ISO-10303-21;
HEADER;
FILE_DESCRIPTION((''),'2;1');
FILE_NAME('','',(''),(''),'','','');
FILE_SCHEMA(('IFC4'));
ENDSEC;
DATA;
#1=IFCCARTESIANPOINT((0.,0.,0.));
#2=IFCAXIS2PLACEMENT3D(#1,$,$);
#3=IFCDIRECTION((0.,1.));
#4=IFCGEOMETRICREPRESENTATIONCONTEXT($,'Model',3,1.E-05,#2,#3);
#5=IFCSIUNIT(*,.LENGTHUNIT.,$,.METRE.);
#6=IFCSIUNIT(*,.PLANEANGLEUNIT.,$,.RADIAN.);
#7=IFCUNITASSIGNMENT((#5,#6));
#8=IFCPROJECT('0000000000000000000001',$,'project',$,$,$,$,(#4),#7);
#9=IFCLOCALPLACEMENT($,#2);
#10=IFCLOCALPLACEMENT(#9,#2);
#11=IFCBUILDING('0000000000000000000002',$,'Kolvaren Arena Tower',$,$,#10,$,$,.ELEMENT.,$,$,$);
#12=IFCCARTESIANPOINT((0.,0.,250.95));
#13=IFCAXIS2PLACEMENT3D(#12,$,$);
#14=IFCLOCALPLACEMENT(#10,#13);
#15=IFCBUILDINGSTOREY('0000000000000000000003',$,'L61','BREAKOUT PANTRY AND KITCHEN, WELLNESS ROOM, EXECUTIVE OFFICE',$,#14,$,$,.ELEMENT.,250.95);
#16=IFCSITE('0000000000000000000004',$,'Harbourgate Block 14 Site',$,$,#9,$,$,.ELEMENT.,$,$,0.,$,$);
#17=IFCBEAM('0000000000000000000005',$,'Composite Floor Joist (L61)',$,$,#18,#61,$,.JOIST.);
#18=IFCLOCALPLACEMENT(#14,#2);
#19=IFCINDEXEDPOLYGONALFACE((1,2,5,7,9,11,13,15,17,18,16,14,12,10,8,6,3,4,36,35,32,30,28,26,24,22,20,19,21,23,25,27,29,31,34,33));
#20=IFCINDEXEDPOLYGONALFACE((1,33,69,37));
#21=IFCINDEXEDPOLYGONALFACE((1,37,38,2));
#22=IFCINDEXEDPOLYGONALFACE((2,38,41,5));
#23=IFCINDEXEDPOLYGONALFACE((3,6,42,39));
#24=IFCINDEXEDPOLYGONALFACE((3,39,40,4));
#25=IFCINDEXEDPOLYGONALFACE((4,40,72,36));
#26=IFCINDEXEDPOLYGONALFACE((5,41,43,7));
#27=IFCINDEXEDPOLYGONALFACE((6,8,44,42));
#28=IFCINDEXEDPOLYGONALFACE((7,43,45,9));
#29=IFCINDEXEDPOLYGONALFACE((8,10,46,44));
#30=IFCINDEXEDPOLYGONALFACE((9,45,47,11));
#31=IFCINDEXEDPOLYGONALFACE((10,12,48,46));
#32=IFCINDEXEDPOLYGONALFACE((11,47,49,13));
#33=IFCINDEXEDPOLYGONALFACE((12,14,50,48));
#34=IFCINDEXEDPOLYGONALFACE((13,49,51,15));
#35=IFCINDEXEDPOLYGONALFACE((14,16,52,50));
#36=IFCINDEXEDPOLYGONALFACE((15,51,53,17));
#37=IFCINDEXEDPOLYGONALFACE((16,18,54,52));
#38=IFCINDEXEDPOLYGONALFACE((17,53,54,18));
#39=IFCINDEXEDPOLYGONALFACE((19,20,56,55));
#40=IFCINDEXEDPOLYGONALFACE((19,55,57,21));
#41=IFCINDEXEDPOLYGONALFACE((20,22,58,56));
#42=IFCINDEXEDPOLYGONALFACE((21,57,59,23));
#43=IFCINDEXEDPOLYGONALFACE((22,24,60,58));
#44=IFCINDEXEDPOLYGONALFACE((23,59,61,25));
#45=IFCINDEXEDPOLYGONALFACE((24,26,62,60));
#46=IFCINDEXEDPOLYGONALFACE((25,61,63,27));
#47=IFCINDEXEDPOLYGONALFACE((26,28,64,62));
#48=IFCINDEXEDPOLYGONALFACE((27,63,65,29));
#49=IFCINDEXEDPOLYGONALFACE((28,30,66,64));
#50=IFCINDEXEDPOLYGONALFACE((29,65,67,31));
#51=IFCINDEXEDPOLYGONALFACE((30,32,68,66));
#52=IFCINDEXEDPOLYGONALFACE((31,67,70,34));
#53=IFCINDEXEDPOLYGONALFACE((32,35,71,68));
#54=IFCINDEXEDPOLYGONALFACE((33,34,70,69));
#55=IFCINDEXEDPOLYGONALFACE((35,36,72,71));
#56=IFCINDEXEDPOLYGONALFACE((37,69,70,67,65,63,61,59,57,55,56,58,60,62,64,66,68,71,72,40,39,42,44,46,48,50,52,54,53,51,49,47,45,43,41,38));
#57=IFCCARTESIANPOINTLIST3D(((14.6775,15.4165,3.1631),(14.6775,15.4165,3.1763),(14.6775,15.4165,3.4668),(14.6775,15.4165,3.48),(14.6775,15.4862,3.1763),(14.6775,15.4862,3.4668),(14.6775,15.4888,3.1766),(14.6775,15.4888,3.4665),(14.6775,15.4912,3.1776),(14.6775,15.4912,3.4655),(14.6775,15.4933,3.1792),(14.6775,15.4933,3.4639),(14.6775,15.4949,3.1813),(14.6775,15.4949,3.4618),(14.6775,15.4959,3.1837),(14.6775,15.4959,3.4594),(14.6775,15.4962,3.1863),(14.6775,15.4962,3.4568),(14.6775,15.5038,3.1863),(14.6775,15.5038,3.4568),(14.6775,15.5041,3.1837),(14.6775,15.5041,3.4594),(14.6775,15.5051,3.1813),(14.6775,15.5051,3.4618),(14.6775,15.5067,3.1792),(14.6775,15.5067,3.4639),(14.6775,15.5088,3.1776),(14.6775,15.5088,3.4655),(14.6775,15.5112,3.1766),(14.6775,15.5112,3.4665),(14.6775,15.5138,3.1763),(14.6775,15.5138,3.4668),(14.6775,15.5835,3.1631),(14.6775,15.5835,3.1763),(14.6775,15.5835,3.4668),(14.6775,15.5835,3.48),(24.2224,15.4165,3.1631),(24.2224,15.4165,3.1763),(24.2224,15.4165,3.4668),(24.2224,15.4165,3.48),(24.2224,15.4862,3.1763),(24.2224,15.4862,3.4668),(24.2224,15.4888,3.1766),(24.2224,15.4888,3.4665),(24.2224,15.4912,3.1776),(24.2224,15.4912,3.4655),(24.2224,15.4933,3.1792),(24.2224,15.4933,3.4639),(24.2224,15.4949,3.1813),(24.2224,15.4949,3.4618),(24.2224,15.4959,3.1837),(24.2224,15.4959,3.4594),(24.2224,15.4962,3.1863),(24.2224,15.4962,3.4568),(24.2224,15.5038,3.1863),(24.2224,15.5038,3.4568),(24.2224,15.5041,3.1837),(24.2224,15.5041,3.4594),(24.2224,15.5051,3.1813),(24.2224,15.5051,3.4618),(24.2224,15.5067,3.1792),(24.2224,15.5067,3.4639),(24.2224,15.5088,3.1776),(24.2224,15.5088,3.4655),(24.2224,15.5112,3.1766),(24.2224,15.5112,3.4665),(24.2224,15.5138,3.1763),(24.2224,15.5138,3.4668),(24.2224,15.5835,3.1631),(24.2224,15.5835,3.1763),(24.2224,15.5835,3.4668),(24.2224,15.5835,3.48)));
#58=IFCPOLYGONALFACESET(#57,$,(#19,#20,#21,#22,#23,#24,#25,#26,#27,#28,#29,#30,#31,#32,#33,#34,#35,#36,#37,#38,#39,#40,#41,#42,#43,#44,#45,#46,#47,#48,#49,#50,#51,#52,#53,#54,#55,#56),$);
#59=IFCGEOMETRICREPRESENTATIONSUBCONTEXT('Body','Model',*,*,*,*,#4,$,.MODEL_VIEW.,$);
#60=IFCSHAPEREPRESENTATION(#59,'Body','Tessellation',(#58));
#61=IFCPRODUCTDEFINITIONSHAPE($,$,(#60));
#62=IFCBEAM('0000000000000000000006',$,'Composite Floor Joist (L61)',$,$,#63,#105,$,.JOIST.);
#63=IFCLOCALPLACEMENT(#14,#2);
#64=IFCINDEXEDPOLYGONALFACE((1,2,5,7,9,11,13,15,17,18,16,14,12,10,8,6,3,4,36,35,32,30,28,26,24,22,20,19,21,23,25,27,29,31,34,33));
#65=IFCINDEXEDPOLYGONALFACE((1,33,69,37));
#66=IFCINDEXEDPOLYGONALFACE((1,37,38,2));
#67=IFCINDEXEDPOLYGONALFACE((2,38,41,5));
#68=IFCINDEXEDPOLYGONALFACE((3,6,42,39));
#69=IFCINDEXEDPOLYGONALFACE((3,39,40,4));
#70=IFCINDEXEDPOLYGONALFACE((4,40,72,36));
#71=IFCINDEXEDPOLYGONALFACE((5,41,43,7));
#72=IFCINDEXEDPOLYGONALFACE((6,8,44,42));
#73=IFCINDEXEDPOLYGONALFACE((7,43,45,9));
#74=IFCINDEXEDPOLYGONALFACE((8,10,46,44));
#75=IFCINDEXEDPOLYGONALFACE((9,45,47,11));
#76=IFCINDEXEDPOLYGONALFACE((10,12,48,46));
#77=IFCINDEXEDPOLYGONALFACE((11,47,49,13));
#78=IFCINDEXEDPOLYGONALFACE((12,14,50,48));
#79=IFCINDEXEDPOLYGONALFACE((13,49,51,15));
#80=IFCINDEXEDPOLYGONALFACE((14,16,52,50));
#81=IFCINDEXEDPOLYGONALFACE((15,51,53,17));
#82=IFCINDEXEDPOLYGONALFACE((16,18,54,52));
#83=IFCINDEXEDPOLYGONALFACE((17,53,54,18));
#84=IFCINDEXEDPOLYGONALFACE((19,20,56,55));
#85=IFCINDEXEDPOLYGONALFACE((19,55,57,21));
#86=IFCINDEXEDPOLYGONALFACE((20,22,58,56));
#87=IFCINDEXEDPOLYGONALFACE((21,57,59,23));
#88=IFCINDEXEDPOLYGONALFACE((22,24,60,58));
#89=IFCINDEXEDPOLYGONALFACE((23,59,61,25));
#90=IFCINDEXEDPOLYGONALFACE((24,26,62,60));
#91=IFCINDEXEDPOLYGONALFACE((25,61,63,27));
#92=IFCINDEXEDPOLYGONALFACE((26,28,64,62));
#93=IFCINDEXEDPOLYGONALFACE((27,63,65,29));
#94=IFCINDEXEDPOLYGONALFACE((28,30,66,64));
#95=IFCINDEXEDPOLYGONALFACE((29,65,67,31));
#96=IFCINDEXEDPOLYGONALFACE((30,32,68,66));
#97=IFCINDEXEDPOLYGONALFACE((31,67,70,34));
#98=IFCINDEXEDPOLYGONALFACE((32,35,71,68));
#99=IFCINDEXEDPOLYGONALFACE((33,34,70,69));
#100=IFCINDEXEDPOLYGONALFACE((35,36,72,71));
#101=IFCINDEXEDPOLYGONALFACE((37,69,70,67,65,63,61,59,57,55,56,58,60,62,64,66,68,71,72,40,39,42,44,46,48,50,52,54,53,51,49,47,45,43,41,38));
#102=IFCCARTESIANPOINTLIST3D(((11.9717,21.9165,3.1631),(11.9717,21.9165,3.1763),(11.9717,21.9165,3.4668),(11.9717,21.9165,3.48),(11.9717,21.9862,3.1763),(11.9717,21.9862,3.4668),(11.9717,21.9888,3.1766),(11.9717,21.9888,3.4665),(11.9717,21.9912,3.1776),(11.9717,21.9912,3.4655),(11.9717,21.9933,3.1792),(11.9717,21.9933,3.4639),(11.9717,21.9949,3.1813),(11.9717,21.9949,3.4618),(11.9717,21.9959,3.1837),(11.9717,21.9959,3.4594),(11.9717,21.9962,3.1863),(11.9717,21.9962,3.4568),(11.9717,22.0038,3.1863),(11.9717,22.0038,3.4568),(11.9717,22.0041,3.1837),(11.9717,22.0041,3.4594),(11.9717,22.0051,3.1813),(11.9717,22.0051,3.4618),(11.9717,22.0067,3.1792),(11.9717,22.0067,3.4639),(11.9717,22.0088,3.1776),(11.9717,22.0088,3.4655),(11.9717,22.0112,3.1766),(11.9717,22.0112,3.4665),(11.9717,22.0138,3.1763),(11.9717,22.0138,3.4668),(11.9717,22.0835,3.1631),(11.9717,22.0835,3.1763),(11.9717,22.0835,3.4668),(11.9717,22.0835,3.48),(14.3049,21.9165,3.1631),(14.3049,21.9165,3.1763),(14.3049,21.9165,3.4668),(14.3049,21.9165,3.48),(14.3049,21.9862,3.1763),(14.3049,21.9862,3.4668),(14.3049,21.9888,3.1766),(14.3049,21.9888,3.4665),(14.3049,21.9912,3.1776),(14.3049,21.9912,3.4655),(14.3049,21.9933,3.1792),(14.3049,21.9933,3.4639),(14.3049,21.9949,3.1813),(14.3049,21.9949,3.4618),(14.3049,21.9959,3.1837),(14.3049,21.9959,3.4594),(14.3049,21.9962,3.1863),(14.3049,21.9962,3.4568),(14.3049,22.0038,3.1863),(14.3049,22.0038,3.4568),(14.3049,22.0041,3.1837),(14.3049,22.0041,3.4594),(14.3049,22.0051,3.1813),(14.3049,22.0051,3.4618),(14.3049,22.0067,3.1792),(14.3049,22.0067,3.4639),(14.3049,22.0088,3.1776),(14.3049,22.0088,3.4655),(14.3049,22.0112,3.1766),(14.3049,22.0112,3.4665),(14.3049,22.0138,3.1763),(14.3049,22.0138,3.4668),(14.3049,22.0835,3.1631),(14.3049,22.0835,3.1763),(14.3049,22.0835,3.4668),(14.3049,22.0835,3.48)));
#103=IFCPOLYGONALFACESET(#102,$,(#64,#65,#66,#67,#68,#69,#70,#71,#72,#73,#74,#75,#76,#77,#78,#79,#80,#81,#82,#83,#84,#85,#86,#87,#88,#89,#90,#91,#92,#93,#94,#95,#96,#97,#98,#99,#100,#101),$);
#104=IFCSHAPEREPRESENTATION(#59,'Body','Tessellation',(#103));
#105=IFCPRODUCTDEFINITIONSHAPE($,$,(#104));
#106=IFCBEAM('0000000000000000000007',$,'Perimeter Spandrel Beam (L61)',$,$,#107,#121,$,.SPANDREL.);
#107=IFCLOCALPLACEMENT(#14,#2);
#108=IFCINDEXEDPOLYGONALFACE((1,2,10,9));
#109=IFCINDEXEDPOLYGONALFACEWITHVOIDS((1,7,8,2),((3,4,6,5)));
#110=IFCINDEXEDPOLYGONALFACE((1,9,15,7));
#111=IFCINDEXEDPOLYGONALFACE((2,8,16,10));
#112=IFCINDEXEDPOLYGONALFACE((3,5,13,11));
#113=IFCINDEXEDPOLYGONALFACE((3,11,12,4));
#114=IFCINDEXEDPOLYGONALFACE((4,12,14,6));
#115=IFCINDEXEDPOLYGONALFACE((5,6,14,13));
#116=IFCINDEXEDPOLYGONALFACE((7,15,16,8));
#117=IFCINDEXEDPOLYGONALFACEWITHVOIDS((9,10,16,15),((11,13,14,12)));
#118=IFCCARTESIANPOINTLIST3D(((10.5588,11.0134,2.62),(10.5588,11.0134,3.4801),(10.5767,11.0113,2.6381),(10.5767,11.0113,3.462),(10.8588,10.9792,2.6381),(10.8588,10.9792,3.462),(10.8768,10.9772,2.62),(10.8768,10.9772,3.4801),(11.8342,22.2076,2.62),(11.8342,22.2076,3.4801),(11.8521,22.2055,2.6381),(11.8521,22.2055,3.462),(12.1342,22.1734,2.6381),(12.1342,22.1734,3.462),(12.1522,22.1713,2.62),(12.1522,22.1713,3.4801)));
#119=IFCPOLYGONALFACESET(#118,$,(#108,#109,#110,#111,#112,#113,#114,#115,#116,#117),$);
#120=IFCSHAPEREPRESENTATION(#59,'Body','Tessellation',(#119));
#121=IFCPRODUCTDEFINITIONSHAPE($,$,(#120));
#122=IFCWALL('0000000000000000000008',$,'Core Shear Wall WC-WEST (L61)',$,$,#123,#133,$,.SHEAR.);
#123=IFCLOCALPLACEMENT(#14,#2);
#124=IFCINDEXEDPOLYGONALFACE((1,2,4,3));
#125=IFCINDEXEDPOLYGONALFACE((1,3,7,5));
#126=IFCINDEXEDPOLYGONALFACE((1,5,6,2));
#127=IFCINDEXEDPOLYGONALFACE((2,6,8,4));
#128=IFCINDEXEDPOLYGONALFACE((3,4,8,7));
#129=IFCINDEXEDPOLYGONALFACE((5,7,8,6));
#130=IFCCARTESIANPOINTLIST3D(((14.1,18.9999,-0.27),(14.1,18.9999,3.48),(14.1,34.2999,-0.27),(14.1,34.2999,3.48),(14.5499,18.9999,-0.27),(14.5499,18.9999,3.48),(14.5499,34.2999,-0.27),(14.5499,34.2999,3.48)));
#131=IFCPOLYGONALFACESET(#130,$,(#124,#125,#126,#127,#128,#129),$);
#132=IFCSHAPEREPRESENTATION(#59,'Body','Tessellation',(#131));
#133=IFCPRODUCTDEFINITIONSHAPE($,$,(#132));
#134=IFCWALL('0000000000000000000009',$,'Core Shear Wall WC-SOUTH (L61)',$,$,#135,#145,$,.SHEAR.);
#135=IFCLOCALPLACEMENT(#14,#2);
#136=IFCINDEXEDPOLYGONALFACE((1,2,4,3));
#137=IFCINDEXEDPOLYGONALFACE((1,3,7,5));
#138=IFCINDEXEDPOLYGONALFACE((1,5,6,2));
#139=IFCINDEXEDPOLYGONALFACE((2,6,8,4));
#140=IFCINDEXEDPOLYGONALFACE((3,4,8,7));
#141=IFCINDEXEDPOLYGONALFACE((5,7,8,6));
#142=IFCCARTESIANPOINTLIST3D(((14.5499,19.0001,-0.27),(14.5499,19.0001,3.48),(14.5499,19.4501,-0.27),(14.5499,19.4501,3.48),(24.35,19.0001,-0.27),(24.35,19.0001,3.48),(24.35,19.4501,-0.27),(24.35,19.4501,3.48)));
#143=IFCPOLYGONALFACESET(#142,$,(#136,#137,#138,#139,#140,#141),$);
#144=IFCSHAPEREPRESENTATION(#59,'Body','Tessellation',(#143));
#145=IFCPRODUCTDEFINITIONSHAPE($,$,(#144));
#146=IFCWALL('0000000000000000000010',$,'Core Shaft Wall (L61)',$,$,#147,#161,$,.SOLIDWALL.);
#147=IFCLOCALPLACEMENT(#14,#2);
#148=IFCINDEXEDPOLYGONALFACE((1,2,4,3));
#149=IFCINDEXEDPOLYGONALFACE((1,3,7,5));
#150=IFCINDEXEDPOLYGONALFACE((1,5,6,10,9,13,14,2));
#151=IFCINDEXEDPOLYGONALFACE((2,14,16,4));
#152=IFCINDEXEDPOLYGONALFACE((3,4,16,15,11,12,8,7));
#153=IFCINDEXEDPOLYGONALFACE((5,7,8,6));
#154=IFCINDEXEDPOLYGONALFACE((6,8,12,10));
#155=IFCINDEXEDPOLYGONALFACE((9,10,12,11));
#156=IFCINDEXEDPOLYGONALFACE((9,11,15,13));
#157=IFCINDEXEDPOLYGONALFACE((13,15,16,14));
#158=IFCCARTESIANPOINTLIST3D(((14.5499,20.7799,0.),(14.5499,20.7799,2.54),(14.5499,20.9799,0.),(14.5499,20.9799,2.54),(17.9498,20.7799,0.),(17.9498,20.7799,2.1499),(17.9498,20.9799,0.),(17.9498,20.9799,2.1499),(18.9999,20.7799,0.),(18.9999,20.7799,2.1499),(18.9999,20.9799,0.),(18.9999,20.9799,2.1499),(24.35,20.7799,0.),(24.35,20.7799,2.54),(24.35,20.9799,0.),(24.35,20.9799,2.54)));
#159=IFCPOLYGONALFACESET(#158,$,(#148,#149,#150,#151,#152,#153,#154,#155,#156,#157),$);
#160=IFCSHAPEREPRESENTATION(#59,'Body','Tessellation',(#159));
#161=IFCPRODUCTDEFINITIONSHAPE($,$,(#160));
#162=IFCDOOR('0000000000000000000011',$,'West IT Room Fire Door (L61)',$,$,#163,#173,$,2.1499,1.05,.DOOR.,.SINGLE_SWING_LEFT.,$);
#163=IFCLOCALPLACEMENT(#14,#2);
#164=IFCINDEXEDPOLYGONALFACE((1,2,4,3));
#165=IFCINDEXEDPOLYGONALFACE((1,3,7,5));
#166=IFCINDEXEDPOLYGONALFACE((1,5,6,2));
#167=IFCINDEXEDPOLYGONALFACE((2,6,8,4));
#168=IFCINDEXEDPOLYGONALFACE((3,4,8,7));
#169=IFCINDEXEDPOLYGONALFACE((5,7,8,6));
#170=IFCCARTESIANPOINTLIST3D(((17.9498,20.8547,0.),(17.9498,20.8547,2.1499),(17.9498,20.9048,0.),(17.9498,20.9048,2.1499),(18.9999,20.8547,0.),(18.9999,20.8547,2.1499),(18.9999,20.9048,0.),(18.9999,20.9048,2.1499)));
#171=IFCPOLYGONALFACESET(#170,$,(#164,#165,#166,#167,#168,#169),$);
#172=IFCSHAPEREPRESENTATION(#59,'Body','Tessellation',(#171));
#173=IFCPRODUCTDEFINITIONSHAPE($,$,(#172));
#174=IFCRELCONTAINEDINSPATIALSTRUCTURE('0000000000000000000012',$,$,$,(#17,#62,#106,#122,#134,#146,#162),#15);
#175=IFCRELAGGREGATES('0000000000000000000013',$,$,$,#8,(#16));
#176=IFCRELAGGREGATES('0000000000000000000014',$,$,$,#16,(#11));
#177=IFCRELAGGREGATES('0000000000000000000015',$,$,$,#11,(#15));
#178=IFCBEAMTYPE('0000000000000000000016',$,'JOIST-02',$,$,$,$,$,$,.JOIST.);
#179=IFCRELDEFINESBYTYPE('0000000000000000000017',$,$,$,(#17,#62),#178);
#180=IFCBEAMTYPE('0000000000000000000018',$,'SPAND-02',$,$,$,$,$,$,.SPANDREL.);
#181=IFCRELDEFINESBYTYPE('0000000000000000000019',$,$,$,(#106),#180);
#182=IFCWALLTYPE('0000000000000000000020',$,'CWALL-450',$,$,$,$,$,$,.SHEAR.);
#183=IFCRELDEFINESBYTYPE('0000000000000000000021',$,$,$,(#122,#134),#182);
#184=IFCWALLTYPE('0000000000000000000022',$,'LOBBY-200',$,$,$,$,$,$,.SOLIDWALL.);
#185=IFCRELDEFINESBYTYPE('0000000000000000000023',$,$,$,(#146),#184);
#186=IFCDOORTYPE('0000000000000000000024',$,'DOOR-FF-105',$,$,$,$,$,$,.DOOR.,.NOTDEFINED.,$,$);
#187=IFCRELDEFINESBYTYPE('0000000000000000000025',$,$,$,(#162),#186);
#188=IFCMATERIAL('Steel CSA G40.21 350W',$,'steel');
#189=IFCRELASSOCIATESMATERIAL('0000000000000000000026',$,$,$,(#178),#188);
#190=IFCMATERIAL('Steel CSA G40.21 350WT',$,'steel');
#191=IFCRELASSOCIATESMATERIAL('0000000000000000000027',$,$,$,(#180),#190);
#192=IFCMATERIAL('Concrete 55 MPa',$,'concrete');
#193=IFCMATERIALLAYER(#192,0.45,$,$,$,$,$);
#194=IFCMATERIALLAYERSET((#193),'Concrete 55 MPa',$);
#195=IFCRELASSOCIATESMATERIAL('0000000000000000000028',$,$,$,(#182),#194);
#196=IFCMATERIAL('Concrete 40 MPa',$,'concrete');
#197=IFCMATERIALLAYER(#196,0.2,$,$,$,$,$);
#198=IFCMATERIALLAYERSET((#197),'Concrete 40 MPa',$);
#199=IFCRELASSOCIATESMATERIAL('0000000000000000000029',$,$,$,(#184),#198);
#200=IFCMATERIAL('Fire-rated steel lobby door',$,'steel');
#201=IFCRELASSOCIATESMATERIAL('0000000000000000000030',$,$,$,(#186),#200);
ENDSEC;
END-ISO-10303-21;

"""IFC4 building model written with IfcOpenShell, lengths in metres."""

from ifc_helpers import new_model, si_unit, direction, frame, frame_2d, origin, origin_2d, place, context, subcontext, project, spatial, rectangle, hollow_rectangle, i_section, extrude, material, layer, layer_set, material_profile, profile_set, type_object, element, fill, save


model = new_model("IFC4")

# Units and contexts
model_context = context("Model", 3, precision=1e-05, world=origin(), true_north=direction((0.0, 1.0)))
body_context = subcontext(model_context, "Body", "Model", "MODEL_VIEW")
ifc_project = project(units=[si_unit("LENGTHUNIT", "METRE"), si_unit("PLANEANGLEUNIT", "RADIAN")], contexts=[model_context])

# Site, building, storey
site_placement = place(None, origin())
site = spatial("IfcSite", under=ifc_project, at=site_placement, Name="Harbourgate Block 14 Site", CompositionType="ELEMENT", RefElevation=0.0)
building_placement = place(site_placement, origin())
building = spatial("IfcBuilding", under=site, at=building_placement, Name="Kolvaren Arena Tower", CompositionType="ELEMENT")
storey_placement = place(building_placement, frame((0.0, 0.0, 250.95)))
storey = spatial("IfcBuildingStorey", under=building, at=storey_placement, Name="L61", Description="BREAKOUT PANTRY AND KITCHEN, WELLNESS ROOM, EXECUTIVE OFFICE", CompositionType="ELEMENT", Elevation=250.95)

# Beams
ifc_material_1 = material(Name="Steel CSA G40.21 350W", Category="steel")
ifc_material_profile_1 = material_profile(ifc_material_1, i_section(OverallWidth=0.167, OverallDepth=0.3169, WebThickness=0.0076, FlangeThickness=0.0132, FilletRadius=0.01, at=origin_2d()), Name="W310x52")
ifc_profile_set_1 = profile_set([ifc_material_profile_1], Name="Steel CSA G40.21 350W")
beam_type_1 = type_object("IfcBeamType", Name="JOIST-02", PredefinedType="JOIST", material=ifc_profile_set_1)
beam_1_placement = place(storey_placement, frame((14.6775, 15.5, 3.3215), z_axis=(1.0, 0.0, 0.0), x_axis=(0.0, 1.0, 0.0)))
element("IfcBeam", 1, at=beam_1_placement, inside=storey, type_object=beam_type_1, Name="Composite Floor Joist (L61)", PredefinedType="JOIST", context=body_context, shape_type="SweptSolid", body=[
    extrude(i_section(OverallWidth=0.167, OverallDepth=0.3169, WebThickness=0.0076, FlangeThickness=0.0132, FilletRadius=0.01, at=origin_2d()), origin(), (0.0, 0.0, 1.0), 9.5449),
])
beam_2_placement = place(storey_placement, frame((11.9717, 22.0, 3.3215), z_axis=(1.0, 0.0, 0.0), x_axis=(0.0, 1.0, 0.0)))
element("IfcBeam", 2, at=beam_2_placement, inside=storey, type_object=beam_type_1, Name="Composite Floor Joist (L61)", PredefinedType="JOIST", context=body_context, shape_type="SweptSolid", body=[
    extrude(i_section(OverallWidth=0.167, OverallDepth=0.3169, WebThickness=0.0076, FlangeThickness=0.0132, FilletRadius=0.01, at=origin_2d()), origin(), (0.0, 0.0, 1.0), 2.3333),
])
ifc_material_2 = material(Name="Steel CSA G40.21 350WT", Category="steel")
ifc_material_profile_2 = material_profile(ifc_material_2, hollow_rectangle(XDim=0.3201, YDim=0.8601, WallThickness=0.0181, at=origin_2d()), Name="HSS 860x320x18")
ifc_profile_set_2 = profile_set([ifc_material_profile_2], Name="Steel CSA G40.21 350WT")
beam_type_2 = type_object("IfcBeamType", Name="SPAND-02", PredefinedType="SPANDREL", material=ifc_profile_set_2)
beam_3_placement = place(storey_placement, frame((11.9932, 22.1895, 3.05), z_axis=(-0.113202, -0.993572, 0.0), x_axis=(0.993572, -0.113202, 0.0)))
element("IfcBeam", 3, at=beam_3_placement, inside=storey, type_object=beam_type_2, Name="Perimeter Spandrel Beam (L61)", PredefinedType="SPANDREL", context=body_context, shape_type="SweptSolid", body=[
    extrude(hollow_rectangle(XDim=0.3201, YDim=0.8601, WallThickness=0.0181, at=origin_2d()), origin(), (0.0, 0.0, 1.0), 11.2666),
])

# Walls
ifc_material_3 = material(Name="Concrete 55 MPa", Category="concrete")
ifc_layer_1 = layer(ifc_material_3, 0.45)
ifc_layer_set_1 = layer_set([ifc_layer_1], Name="Concrete 55 MPa")
wall_type_1 = type_object("IfcWallType", Name="CWALL-450", PredefinedType="SHEAR", material=ifc_layer_set_1)
wall_1_placement = place(storey_placement, frame((14.325, 19.0, -0.27), z_axis=(0.0, 0.0, 1.0), x_axis=(0.0, 1.0, 0.0)))
element("IfcWall", 4, at=wall_1_placement, inside=storey, type_object=wall_type_1, Name="Core Shear Wall WC-WEST (L61)", PredefinedType="SHEAR", context=body_context, shape_type="SweptSolid", body=[
    extrude(rectangle(XDim=15.3, YDim=0.45, at=frame_2d((7.6499, 0.0))), origin(), (0.0, 0.0, 1.0), 3.75),
])
wall_2_placement = place(storey_placement, frame((14.55, 19.2251, -0.27), z_axis=(0.0, 0.0, 1.0), x_axis=(1.0, 0.0, 0.0)))
element("IfcWall", 5, at=wall_2_placement, inside=storey, type_object=wall_type_1, Name="Core Shear Wall WC-SOUTH (L61)", PredefinedType="SHEAR", context=body_context, shape_type="SweptSolid", body=[
    extrude(rectangle(XDim=9.8, YDim=0.45, at=frame_2d((4.8999, 0.0))), origin(), (0.0, 0.0, 1.0), 3.75),
])

# Wall, opening, door
ifc_material_4 = material(Name="Concrete 40 MPa", Category="concrete")
ifc_layer_2 = layer(ifc_material_4, 0.2)
ifc_layer_set_2 = layer_set([ifc_layer_2], Name="Concrete 40 MPa")
wall_type_2 = type_object("IfcWallType", Name="LOBBY-200", PredefinedType="SOLIDWALL", material=ifc_layer_set_2)
wall_3_placement = place(storey_placement, frame((14.55, 20.8799, 0.0), z_axis=(0.0, 0.0, 1.0), x_axis=(1.0, 0.0, 0.0)))
wall_3 = element("IfcWall", 6, at=wall_3_placement, inside=storey, type_object=wall_type_2, Name="Core Shaft Wall (L61)", PredefinedType="SOLIDWALL", context=body_context, shape_type="SweptSolid", body=[
    extrude(rectangle(XDim=9.8, YDim=0.2, at=frame_2d((4.8999, 0.0))), origin(), (0.0, 0.0, 1.0), 2.54),
])
opening_placement = place(wall_3_placement, frame((3.3999, 0.0, 0.0)))
opening = element("IfcOpeningElement", 7, at=opening_placement, cuts=wall_3, PredefinedType="OPENING", context=body_context, shape_type="SweptSolid", body=[
    extrude(rectangle(XDim=1.05, YDim=2.1499, at=frame_2d((0.5249, 1.075))), frame((0.0, 0.1099, 0.0), z_axis=(0.0, -1.0, 0.0), x_axis=(1.0, 0.0, 0.0)), (0.0, 0.0, 1.0), 0.22),
])
ifc_material_5 = material(Name="Fire-rated steel lobby door", Category="steel")
door_type = type_object("IfcDoorType", Name="DOOR-FF-105", OperationType="NOTDEFINED", PredefinedType="DOOR", material=ifc_material_5)
door_placement = place(opening_placement, origin())
door = element("IfcDoor", 8, at=door_placement, inside=storey, type_object=door_type, Name="West IT Room Fire Door (L61)", OperationType="SINGLE_SWING_LEFT", OverallHeight=2.1499, OverallWidth=1.05, PredefinedType="DOOR", context=body_context, shape_type="SweptSolid", body=[
    extrude(rectangle(XDim=1.05, YDim=2.1499, at=frame_2d((0.5249, 1.075))), frame((0.0, 0.0249, 0.0), z_axis=(0.0, -1.0, 0.0), x_axis=(1.0, 0.0, 0.0)), (0.0, 0.0, 1.0), 0.05),
])
fill(opening, door)

save(model, "model.ifc")
